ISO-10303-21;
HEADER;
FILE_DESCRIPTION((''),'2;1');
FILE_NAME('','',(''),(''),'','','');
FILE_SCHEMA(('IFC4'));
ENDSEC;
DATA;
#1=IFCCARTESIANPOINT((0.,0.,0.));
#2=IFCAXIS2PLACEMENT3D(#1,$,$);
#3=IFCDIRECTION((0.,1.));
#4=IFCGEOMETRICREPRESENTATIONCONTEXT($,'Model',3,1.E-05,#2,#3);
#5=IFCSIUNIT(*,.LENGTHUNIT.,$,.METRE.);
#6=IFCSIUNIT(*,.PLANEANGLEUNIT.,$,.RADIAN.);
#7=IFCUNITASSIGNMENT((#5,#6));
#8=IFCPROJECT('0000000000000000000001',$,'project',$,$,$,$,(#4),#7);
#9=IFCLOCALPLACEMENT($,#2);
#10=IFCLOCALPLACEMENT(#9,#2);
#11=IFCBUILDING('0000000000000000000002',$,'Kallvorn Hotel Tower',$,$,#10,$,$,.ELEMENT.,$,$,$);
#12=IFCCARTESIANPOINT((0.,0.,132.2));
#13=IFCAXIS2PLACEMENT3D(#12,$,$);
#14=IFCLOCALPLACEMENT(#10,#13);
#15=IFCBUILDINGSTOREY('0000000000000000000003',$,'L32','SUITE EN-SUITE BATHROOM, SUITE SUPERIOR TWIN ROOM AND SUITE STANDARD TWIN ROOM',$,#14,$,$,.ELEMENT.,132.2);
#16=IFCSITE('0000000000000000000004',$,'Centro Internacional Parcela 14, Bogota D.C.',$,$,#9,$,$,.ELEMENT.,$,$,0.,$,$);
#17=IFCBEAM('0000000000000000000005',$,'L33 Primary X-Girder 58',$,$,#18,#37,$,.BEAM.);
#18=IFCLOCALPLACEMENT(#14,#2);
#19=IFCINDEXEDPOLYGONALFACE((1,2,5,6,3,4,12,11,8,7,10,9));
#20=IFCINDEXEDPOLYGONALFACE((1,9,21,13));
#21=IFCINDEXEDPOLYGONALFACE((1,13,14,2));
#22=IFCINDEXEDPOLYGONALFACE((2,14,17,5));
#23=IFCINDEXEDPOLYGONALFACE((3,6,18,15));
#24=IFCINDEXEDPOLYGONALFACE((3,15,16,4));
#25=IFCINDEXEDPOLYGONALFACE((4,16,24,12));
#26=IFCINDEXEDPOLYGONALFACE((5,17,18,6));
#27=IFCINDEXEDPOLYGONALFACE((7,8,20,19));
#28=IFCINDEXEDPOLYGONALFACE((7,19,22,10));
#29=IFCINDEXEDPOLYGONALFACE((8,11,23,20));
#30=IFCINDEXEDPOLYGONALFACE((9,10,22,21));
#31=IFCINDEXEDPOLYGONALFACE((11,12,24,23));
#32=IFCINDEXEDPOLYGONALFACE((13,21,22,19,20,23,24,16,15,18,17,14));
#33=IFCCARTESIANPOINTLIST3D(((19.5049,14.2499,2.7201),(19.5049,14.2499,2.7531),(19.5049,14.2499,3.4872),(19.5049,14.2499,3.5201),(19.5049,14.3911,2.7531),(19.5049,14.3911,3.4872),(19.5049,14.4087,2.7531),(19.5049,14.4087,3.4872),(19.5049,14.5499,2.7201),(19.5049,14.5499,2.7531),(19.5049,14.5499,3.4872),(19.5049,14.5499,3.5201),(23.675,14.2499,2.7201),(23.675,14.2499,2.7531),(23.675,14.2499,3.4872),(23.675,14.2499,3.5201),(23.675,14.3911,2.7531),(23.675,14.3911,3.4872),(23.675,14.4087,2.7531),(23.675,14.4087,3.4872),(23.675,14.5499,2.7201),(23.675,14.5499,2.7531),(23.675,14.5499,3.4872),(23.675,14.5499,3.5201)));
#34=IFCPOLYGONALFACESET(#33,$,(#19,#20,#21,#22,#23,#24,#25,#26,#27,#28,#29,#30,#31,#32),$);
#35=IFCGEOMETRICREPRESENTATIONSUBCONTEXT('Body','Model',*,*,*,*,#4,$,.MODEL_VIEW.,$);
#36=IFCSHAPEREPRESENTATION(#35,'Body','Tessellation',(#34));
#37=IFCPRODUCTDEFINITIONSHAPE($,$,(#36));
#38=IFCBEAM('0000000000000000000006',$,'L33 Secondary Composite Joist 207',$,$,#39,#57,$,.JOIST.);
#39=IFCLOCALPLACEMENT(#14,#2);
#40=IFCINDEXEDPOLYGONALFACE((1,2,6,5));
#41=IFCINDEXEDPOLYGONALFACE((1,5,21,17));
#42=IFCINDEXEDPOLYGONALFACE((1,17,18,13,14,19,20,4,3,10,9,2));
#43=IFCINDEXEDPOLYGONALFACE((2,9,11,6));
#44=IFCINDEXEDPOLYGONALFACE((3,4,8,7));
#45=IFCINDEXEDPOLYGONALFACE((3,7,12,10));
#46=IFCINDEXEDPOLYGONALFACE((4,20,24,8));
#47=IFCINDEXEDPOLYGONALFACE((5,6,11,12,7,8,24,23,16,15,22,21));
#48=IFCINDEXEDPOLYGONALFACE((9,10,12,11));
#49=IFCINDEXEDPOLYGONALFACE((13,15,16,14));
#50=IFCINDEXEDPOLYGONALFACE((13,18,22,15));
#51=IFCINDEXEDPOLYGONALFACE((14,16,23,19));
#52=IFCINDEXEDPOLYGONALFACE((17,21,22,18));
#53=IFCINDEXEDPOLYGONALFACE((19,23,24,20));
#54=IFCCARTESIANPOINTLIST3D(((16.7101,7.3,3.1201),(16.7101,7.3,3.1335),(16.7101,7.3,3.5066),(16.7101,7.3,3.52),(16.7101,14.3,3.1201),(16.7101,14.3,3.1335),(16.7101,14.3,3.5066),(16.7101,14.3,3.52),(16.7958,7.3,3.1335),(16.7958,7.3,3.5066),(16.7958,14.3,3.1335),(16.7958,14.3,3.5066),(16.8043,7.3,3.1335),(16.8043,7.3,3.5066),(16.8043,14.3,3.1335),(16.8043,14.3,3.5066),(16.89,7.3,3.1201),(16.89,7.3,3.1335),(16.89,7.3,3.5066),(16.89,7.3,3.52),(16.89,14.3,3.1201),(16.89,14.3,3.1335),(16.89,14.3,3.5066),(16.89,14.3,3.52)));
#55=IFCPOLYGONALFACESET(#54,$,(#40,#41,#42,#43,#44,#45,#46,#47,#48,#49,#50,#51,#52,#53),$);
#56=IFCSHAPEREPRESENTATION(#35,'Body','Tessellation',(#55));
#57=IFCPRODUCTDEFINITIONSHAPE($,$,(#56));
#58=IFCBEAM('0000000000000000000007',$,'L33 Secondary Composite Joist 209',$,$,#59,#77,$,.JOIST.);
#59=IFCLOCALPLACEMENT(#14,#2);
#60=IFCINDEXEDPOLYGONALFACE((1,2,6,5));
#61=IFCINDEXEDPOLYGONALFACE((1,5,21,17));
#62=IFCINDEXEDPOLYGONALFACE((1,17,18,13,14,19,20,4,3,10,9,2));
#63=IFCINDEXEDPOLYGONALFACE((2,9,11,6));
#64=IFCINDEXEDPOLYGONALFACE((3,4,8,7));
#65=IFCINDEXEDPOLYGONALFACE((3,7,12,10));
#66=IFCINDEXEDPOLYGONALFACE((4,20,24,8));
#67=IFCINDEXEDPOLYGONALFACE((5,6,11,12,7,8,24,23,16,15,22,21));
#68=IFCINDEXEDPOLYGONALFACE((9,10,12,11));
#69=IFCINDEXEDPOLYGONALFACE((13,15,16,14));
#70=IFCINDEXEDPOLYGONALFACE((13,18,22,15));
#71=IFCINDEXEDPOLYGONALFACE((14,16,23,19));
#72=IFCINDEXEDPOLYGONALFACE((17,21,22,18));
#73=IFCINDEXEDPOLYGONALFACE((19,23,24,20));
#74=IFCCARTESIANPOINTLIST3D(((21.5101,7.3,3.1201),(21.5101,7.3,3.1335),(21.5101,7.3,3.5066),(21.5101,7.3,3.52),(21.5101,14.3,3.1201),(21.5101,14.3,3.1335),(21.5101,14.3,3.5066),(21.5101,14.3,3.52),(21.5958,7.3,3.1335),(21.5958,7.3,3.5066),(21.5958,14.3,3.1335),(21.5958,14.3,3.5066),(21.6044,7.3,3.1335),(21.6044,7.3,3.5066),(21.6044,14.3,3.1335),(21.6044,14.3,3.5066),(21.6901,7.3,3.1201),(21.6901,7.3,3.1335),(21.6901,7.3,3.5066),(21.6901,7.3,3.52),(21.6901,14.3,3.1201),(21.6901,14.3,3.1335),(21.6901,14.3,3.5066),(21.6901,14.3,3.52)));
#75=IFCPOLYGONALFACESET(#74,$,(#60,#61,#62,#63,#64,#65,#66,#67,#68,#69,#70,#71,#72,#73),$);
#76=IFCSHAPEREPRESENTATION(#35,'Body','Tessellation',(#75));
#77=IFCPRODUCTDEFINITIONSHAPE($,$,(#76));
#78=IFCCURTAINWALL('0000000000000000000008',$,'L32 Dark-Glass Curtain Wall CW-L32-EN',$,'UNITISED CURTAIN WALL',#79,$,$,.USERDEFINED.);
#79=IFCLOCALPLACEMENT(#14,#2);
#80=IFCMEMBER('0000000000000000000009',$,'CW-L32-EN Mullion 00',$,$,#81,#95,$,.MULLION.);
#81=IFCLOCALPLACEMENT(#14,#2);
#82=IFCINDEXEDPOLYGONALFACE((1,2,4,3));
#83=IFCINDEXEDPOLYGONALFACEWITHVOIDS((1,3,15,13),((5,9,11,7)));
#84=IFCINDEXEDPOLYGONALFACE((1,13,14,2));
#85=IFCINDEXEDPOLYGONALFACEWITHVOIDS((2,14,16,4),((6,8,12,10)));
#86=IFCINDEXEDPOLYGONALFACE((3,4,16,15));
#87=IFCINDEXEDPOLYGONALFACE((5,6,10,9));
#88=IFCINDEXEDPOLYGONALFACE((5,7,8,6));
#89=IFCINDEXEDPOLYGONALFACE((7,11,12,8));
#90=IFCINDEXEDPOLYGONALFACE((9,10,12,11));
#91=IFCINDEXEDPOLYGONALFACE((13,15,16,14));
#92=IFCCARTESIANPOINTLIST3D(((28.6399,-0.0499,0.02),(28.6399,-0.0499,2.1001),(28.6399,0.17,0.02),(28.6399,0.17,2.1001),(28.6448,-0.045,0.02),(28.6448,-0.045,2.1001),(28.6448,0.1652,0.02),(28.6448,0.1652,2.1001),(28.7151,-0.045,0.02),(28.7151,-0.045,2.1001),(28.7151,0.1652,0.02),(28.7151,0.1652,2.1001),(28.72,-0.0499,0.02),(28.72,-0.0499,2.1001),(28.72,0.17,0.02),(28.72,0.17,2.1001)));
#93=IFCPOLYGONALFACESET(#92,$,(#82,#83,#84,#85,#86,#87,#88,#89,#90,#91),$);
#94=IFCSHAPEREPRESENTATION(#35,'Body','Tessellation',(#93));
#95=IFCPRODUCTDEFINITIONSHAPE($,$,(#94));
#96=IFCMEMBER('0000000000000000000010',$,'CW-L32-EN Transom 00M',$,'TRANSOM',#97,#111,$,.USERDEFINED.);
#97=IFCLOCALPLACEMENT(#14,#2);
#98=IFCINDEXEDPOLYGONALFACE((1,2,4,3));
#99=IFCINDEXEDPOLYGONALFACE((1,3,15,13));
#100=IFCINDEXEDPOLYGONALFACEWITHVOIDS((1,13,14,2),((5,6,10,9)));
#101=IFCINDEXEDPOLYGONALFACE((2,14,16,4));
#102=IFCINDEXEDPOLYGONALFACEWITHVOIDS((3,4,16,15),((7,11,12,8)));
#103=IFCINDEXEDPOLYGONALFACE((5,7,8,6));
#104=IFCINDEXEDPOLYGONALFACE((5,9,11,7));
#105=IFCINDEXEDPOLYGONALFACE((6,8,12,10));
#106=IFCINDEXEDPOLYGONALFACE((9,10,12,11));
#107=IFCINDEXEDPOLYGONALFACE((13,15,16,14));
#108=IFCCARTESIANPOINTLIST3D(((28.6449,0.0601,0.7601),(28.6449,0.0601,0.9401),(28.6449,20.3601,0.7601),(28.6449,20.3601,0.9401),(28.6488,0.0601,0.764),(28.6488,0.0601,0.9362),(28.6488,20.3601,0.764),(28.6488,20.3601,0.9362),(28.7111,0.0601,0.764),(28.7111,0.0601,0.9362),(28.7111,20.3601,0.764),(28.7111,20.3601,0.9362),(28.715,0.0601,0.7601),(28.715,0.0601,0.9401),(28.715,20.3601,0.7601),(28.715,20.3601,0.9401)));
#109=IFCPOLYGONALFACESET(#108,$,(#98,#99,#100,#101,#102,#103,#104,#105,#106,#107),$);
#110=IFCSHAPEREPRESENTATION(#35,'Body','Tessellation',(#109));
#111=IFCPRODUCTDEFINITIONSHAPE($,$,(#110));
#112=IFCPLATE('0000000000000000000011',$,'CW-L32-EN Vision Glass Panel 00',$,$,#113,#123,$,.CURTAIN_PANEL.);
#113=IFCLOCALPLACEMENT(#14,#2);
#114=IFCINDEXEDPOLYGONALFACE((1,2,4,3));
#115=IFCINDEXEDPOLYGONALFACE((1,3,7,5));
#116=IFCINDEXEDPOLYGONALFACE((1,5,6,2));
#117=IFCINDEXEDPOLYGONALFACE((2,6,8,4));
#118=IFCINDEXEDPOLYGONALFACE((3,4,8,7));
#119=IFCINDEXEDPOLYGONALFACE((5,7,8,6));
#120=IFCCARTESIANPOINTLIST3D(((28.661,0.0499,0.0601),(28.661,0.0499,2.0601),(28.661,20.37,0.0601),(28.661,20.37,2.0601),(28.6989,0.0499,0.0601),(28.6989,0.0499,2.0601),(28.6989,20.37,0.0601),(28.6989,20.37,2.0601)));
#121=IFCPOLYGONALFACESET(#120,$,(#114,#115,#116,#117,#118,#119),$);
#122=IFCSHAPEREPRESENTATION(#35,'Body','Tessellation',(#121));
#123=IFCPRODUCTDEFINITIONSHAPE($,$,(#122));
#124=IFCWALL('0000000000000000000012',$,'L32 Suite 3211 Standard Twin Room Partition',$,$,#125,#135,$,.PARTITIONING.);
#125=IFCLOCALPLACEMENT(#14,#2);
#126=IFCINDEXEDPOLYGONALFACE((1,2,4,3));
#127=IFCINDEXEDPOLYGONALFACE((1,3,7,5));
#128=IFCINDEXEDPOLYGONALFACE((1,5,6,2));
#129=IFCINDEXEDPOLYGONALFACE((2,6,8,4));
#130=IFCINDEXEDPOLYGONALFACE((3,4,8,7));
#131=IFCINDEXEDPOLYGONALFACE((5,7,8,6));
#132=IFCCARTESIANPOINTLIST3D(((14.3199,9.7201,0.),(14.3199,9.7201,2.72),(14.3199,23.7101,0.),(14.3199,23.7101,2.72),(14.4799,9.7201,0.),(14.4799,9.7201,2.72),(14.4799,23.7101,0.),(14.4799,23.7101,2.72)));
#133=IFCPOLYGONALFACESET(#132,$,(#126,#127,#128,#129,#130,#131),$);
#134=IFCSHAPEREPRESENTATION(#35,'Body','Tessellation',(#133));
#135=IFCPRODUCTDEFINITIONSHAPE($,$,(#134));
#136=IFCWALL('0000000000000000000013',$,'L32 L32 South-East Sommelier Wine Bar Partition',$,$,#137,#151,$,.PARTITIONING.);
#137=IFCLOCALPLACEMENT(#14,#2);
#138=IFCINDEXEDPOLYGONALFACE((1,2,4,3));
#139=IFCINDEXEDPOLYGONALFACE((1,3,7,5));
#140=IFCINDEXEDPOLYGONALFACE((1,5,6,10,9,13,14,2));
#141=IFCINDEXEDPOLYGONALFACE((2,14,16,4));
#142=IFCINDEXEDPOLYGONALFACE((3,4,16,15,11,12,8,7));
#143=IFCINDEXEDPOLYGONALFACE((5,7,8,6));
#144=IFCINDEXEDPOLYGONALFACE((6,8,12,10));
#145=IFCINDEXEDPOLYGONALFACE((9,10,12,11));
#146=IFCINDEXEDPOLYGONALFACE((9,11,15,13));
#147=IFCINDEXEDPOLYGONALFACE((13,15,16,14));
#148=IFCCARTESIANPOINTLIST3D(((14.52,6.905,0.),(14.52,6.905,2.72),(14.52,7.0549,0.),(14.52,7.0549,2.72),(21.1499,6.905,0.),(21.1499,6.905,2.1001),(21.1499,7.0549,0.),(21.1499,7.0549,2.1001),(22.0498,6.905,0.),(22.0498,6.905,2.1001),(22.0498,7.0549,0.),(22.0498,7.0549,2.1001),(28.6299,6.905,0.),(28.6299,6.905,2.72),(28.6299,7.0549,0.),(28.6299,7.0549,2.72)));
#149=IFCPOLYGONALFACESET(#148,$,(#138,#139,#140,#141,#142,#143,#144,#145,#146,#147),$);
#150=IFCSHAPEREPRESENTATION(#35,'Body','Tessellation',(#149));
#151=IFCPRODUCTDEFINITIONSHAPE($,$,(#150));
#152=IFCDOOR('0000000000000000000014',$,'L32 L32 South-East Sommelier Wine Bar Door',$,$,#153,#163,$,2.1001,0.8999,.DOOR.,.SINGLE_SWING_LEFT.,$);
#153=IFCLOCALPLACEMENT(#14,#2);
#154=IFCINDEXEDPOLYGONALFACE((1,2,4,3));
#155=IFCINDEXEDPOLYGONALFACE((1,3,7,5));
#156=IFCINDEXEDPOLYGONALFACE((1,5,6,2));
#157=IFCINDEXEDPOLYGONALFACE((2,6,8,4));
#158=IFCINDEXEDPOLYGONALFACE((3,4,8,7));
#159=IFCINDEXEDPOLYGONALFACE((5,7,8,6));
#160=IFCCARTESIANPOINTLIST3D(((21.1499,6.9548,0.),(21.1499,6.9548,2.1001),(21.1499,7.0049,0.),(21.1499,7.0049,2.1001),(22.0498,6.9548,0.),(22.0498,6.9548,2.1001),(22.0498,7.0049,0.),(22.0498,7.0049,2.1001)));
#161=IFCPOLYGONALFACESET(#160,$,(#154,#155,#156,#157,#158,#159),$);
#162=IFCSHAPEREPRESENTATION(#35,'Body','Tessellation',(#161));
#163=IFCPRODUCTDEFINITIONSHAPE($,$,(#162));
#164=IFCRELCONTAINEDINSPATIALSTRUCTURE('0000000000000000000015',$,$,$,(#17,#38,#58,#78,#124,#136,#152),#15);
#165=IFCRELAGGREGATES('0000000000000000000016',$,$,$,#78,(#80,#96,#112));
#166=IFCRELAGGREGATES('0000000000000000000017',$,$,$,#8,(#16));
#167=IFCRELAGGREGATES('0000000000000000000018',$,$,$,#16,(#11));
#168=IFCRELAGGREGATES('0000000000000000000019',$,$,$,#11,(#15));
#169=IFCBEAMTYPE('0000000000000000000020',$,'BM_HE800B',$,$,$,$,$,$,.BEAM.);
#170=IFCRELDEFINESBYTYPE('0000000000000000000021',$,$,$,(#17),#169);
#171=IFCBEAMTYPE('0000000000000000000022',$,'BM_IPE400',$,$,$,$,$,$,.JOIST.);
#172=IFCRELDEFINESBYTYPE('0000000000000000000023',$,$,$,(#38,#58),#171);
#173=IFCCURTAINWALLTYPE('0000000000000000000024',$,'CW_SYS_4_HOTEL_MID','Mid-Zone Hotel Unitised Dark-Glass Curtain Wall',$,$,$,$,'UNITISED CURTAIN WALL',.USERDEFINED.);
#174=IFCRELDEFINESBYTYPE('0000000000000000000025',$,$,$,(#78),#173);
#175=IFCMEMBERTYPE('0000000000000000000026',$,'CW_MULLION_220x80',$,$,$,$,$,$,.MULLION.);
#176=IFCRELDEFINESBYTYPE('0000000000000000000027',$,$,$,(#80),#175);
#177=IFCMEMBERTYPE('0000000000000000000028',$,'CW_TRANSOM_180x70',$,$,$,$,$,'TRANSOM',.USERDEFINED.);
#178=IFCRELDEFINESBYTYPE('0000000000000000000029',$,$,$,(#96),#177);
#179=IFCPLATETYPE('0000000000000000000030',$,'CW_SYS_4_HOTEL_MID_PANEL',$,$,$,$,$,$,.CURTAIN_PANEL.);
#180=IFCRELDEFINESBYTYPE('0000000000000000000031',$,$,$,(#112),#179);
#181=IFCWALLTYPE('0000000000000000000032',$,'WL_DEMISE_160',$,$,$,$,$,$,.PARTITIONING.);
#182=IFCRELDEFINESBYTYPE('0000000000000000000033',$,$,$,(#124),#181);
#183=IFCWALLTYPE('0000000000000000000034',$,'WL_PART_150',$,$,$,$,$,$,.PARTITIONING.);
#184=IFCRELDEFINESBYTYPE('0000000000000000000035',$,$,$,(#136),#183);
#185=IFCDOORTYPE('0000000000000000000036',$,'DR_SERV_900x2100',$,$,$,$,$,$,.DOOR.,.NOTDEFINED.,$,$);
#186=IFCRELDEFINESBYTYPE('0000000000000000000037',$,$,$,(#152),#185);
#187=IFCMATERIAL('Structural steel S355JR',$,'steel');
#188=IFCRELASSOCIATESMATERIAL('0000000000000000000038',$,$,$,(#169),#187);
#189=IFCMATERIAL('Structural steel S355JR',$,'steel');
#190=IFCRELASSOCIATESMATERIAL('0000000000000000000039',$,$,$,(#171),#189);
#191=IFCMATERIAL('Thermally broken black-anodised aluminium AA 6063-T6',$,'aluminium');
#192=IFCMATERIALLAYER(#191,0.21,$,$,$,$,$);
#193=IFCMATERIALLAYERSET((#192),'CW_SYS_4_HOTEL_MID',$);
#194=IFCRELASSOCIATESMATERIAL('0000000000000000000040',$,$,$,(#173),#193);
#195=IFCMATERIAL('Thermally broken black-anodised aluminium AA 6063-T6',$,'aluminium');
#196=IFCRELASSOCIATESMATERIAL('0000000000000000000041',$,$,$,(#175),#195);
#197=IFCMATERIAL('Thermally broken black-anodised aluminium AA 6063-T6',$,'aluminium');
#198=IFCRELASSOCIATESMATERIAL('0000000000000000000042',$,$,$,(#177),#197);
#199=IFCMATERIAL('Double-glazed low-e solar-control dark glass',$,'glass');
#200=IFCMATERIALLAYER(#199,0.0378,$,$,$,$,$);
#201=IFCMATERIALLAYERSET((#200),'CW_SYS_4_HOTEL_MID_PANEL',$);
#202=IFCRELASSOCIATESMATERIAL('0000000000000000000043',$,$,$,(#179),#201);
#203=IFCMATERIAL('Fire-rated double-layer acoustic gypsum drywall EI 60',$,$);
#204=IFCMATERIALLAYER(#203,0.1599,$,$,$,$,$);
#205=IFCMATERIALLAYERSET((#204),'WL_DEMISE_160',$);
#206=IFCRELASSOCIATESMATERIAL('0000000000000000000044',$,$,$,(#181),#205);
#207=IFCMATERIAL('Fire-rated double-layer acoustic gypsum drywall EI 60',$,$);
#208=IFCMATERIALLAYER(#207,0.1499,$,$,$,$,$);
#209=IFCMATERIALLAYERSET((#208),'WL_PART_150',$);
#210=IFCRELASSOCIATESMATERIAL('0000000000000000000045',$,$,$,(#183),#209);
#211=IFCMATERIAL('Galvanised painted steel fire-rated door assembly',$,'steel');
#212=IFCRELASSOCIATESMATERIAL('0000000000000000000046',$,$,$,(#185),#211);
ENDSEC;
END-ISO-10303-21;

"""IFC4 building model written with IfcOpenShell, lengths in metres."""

from ifc_helpers import new_model, si_unit, direction, frame, frame_2d, origin, origin_2d, place, context, subcontext, project, spatial, rectangle, hollow_rectangle, i_section, extrude, material, layer, layer_set, material_profile, profile_set, type_object, element, fill, aggregate, save


model = new_model("IFC4")

# Units and contexts
model_context = context("Model", 3, precision=1e-05, world=origin(), true_north=direction((0.0, 1.0)))
body_context = subcontext(model_context, "Body", "Model", "MODEL_VIEW")
ifc_project = project(units=[si_unit("LENGTHUNIT", "METRE"), si_unit("PLANEANGLEUNIT", "RADIAN")], contexts=[model_context])

# Site, building, storey
site_placement = place(None, origin())
site = spatial("IfcSite", under=ifc_project, at=site_placement, Name="Centro Internacional Parcela 14, Bogota D.C.", CompositionType="ELEMENT", RefElevation=0.0)
building_placement = place(site_placement, origin())
building = spatial("IfcBuilding", under=site, at=building_placement, Name="Kallvorn Hotel Tower", CompositionType="ELEMENT")
storey_placement = place(building_placement, frame((0.0, 0.0, 132.2)))
storey = spatial("IfcBuildingStorey", under=building, at=storey_placement, Name="L32", Description="SUITE EN-SUITE BATHROOM, SUITE SUPERIOR TWIN ROOM AND SUITE STANDARD TWIN ROOM", CompositionType="ELEMENT", Elevation=132.2)

# Beams
ifc_material_1 = material(Name="Structural steel S355JR", Category="steel")
ifc_material_profile_1 = material_profile(ifc_material_1, i_section(OverallWidth=0.3, OverallDepth=0.8, WebThickness=0.0176, FlangeThickness=0.033, at=origin_2d()), Name="HE 800 B")
ifc_profile_set_1 = profile_set([ifc_material_profile_1], Name="Structural steel S355JR")
beam_type_1 = type_object("IfcBeamType", Name="BM_HE800B", PredefinedType="BEAM", material=ifc_profile_set_1)
beam_1_placement = place(storey_placement, frame((19.5049, 14.3999, 3.1201), z_axis=(1.0, 0.0, 0.0), x_axis=(0.0, 1.0, 0.0)))
element("IfcBeam", 1, at=beam_1_placement, inside=storey, type_object=beam_type_1, Name="L33 Primary X-Girder 58", PredefinedType="BEAM", context=body_context, shape_type="SweptSolid", body=[
    extrude(i_section(OverallWidth=0.3, OverallDepth=0.8, WebThickness=0.0176, FlangeThickness=0.033, at=origin_2d()), origin(), (0.0, 0.0, 1.0), 4.1702),
])
ifc_material_2 = material(Name="Structural steel S355JR", Category="steel")
ifc_material_profile_2 = material_profile(ifc_material_2, i_section(OverallWidth=0.1799, OverallDepth=0.3999, WebThickness=0.0085, FlangeThickness=0.0134, at=origin_2d()), Name="IPE 400")
ifc_profile_set_2 = profile_set([ifc_material_profile_2], Name="Structural steel S355JR")
beam_type_2 = type_object("IfcBeamType", Name="BM_IPE400", PredefinedType="JOIST", material=ifc_profile_set_2)
for number, where, z_axis, x_axis, name in (
    (2, (16.8, 7.3, 3.3201), (0.0, 1.0, 0.0), (-1.0, 0.0, 0.0), "L33 Secondary Composite Joist 207"),
    (3, (21.6001, 7.3, 3.3201), (0.0, 1.0, 0.0), (-1.0, 0.0, 0.0), "L33 Secondary Composite Joist 209"),
):
    element("IfcBeam", number, at=place(storey_placement, frame(where, z_axis=z_axis, x_axis=x_axis)), inside=storey, type_object=beam_type_2, Name=name, PredefinedType="JOIST", context=body_context, shape_type="SweptSolid", body=[
        extrude(i_section(OverallWidth=0.1799, OverallDepth=0.3999, WebThickness=0.0085, FlangeThickness=0.0134, at=origin_2d()), origin(), (0.0, 0.0, 1.0), 7.0),
    ])

# Curtain wall, members, plate
ifc_material_3 = material(Name="Thermally broken black-anodised aluminium AA 6063-T6", Category="aluminium")
ifc_layer_1 = layer(ifc_material_3, 0.21)
ifc_layer_set_1 = layer_set([ifc_layer_1], Name="CW_SYS_4_HOTEL_MID")
curtain_wall_type = type_object("IfcCurtainWallType", Name="CW_SYS_4_HOTEL_MID", Description="Mid-Zone Hotel Unitised Dark-Glass Curtain Wall", ElementType="UNITISED CURTAIN WALL", PredefinedType="USERDEFINED", material=ifc_layer_set_1)
curtain_wall_placement = place(storey_placement, origin())
curtain_wall = element("IfcCurtainWall", 4, at=curtain_wall_placement, inside=storey, type_object=curtain_wall_type, Name="L32 Dark-Glass Curtain Wall CW-L32-EN", ObjectType="UNITISED CURTAIN WALL", PredefinedType="USERDEFINED")
ifc_material_4 = material(Name="Thermally broken black-anodised aluminium AA 6063-T6", Category="aluminium")
ifc_material_profile_3 = material_profile(ifc_material_4, hollow_rectangle(XDim=0.0801, YDim=0.22, WallThickness=0.0049, at=origin_2d()), Name="MUL 220x80")
ifc_profile_set_3 = profile_set([ifc_material_profile_3], Name="Thermally broken black-anodised aluminium AA 6063-T6")
member_type_1 = type_object("IfcMemberType", Name="CW_MULLION_220x80", PredefinedType="MULLION", material=ifc_profile_set_3)
member_1_placement = place(storey_placement, frame((28.6799, 0.0601, 0.02), z_axis=(0.0, 0.0, 1.0), x_axis=(1.0, 0.0, 0.0)))
member_1 = element("IfcMember", 5, at=member_1_placement, type_object=member_type_1, Name="CW-L32-EN Mullion 00", PredefinedType="MULLION", context=body_context, shape_type="SweptSolid", body=[
    extrude(hollow_rectangle(XDim=0.0801, YDim=0.22, WallThickness=0.0049, at=origin_2d()), origin(), (0.0, 0.0, 1.0), 2.0801),
])
ifc_material_5 = material(Name="Thermally broken black-anodised aluminium AA 6063-T6", Category="aluminium")
ifc_material_profile_4 = material_profile(ifc_material_5, hollow_rectangle(XDim=0.0701, YDim=0.1799, WallThickness=0.0039, at=origin_2d()), Name="TRN 180x70")
ifc_profile_set_4 = profile_set([ifc_material_profile_4], Name="Thermally broken black-anodised aluminium AA 6063-T6")
member_type_2 = type_object("IfcMemberType", Name="CW_TRANSOM_180x70", ElementType="TRANSOM", PredefinedType="USERDEFINED", material=ifc_profile_set_4)
member_2_placement = place(storey_placement, frame((28.6799, 0.0601, 0.8501), z_axis=(0.0, 1.0, 0.0), x_axis=(-1.0, 0.0, 0.0)))
member_2 = element("IfcMember", 6, at=member_2_placement, type_object=member_type_2, Name="CW-L32-EN Transom 00M", ObjectType="TRANSOM", PredefinedType="USERDEFINED", context=body_context, shape_type="SweptSolid", body=[
    extrude(hollow_rectangle(XDim=0.0701, YDim=0.1799, WallThickness=0.0039, at=origin_2d()), origin(), (0.0, 0.0, 1.0), 20.3),
])
ifc_material_6 = material(Name="Double-glazed low-e solar-control dark glass", Category="glass")
ifc_layer_2 = layer(ifc_material_6, 0.0378)
ifc_layer_set_2 = layer_set([ifc_layer_2], Name="CW_SYS_4_HOTEL_MID_PANEL")
plate_type = type_object("IfcPlateType", Name="CW_SYS_4_HOTEL_MID_PANEL", PredefinedType="CURTAIN_PANEL", material=ifc_layer_set_2)
plate_placement = place(storey_placement, frame((28.6799, 10.21, 0.0601), z_axis=(0.0, 0.0, 1.0), x_axis=(0.0, 1.0, 0.0)))
plate = element("IfcPlate", 7, at=plate_placement, type_object=plate_type, Name="CW-L32-EN Vision Glass Panel 00", PredefinedType="CURTAIN_PANEL", context=body_context, shape_type="SweptSolid", body=[
    extrude(rectangle(XDim=20.3201, YDim=0.0378, at=origin_2d()), origin(), (0.0, 0.0, 1.0), 2.0),
])
aggregate(curtain_wall, [member_1, member_2, plate])

# Wall
ifc_material_7 = material(Name="Fire-rated double-layer acoustic gypsum drywall EI 60")
ifc_layer_3 = layer(ifc_material_7, 0.1599)
ifc_layer_set_3 = layer_set([ifc_layer_3], Name="WL_DEMISE_160")
wall_type_1 = type_object("IfcWallType", Name="WL_DEMISE_160", PredefinedType="PARTITIONING", material=ifc_layer_set_3)
wall_1_placement = place(storey_placement, frame((14.3999, 9.72, 0.0), z_axis=(0.0, 0.0, 1.0), x_axis=(0.0, 1.0, 0.0)))
element("IfcWall", 8, at=wall_1_placement, inside=storey, type_object=wall_type_1, Name="L32 Suite 3211 Standard Twin Room Partition", PredefinedType="PARTITIONING", context=body_context, shape_type="SweptSolid", body=[
    extrude(rectangle(XDim=13.99, YDim=0.1599, at=frame_2d((6.9951, 0.0))), origin(), (0.0, 0.0, 1.0), 2.72),
])

# Wall, opening, door
ifc_material_8 = material(Name="Fire-rated double-layer acoustic gypsum drywall EI 60")
ifc_layer_4 = layer(ifc_material_8, 0.1499)
ifc_layer_set_4 = layer_set([ifc_layer_4], Name="WL_PART_150")
wall_type_2 = type_object("IfcWallType", Name="WL_PART_150", PredefinedType="PARTITIONING", material=ifc_layer_set_4)
wall_2_placement = place(storey_placement, frame((14.52, 6.98, 0.0), z_axis=(0.0, 0.0, 1.0), x_axis=(1.0, 0.0, 0.0)))
wall_2 = element("IfcWall", 9, at=wall_2_placement, inside=storey, type_object=wall_type_2, Name="L32 L32 South-East Sommelier Wine Bar Partition", PredefinedType="PARTITIONING", context=body_context, shape_type="SweptSolid", body=[
    extrude(rectangle(XDim=14.1099, YDim=0.1499, at=frame_2d((7.0549, 0.0))), origin(), (0.0, 0.0, 1.0), 2.72),
])
opening_placement = place(wall_2_placement, frame((6.6299, 0.0, 0.0)))
opening = element("IfcOpeningElement", 10, at=opening_placement, cuts=wall_2, PredefinedType="OPENING", context=body_context, shape_type="SweptSolid", body=[
    extrude(rectangle(XDim=0.8999, YDim=2.1001, at=frame_2d((0.45, 1.05))), frame((0.0, 0.0898, 0.0), z_axis=(0.0, -1.0, 0.0), x_axis=(1.0, 0.0, 0.0)), (0.0, 0.0, 1.0), 0.1799),
])
ifc_material_9 = material(Name="Galvanised painted steel fire-rated door assembly", Category="steel")
door_type = type_object("IfcDoorType", Name="DR_SERV_900x2100", OperationType="NOTDEFINED", PredefinedType="DOOR", material=ifc_material_9)
door_placement = place(opening_placement, origin())
door = element("IfcDoor", 11, at=door_placement, inside=storey, type_object=door_type, Name="L32 L32 South-East Sommelier Wine Bar Door", OperationType="SINGLE_SWING_LEFT", OverallHeight=2.1001, OverallWidth=0.8999, PredefinedType="DOOR", context=body_context, shape_type="SweptSolid", body=[
    extrude(rectangle(XDim=0.8999, YDim=2.1001, at=frame_2d((0.45, 1.05))), frame((0.0, 0.0249, 0.0), z_axis=(0.0, -1.0, 0.0), x_axis=(1.0, 0.0, 0.0)), (0.0, 0.0, 1.0), 0.05),
])
fill(opening, door)

save(model, "model.ifc")
